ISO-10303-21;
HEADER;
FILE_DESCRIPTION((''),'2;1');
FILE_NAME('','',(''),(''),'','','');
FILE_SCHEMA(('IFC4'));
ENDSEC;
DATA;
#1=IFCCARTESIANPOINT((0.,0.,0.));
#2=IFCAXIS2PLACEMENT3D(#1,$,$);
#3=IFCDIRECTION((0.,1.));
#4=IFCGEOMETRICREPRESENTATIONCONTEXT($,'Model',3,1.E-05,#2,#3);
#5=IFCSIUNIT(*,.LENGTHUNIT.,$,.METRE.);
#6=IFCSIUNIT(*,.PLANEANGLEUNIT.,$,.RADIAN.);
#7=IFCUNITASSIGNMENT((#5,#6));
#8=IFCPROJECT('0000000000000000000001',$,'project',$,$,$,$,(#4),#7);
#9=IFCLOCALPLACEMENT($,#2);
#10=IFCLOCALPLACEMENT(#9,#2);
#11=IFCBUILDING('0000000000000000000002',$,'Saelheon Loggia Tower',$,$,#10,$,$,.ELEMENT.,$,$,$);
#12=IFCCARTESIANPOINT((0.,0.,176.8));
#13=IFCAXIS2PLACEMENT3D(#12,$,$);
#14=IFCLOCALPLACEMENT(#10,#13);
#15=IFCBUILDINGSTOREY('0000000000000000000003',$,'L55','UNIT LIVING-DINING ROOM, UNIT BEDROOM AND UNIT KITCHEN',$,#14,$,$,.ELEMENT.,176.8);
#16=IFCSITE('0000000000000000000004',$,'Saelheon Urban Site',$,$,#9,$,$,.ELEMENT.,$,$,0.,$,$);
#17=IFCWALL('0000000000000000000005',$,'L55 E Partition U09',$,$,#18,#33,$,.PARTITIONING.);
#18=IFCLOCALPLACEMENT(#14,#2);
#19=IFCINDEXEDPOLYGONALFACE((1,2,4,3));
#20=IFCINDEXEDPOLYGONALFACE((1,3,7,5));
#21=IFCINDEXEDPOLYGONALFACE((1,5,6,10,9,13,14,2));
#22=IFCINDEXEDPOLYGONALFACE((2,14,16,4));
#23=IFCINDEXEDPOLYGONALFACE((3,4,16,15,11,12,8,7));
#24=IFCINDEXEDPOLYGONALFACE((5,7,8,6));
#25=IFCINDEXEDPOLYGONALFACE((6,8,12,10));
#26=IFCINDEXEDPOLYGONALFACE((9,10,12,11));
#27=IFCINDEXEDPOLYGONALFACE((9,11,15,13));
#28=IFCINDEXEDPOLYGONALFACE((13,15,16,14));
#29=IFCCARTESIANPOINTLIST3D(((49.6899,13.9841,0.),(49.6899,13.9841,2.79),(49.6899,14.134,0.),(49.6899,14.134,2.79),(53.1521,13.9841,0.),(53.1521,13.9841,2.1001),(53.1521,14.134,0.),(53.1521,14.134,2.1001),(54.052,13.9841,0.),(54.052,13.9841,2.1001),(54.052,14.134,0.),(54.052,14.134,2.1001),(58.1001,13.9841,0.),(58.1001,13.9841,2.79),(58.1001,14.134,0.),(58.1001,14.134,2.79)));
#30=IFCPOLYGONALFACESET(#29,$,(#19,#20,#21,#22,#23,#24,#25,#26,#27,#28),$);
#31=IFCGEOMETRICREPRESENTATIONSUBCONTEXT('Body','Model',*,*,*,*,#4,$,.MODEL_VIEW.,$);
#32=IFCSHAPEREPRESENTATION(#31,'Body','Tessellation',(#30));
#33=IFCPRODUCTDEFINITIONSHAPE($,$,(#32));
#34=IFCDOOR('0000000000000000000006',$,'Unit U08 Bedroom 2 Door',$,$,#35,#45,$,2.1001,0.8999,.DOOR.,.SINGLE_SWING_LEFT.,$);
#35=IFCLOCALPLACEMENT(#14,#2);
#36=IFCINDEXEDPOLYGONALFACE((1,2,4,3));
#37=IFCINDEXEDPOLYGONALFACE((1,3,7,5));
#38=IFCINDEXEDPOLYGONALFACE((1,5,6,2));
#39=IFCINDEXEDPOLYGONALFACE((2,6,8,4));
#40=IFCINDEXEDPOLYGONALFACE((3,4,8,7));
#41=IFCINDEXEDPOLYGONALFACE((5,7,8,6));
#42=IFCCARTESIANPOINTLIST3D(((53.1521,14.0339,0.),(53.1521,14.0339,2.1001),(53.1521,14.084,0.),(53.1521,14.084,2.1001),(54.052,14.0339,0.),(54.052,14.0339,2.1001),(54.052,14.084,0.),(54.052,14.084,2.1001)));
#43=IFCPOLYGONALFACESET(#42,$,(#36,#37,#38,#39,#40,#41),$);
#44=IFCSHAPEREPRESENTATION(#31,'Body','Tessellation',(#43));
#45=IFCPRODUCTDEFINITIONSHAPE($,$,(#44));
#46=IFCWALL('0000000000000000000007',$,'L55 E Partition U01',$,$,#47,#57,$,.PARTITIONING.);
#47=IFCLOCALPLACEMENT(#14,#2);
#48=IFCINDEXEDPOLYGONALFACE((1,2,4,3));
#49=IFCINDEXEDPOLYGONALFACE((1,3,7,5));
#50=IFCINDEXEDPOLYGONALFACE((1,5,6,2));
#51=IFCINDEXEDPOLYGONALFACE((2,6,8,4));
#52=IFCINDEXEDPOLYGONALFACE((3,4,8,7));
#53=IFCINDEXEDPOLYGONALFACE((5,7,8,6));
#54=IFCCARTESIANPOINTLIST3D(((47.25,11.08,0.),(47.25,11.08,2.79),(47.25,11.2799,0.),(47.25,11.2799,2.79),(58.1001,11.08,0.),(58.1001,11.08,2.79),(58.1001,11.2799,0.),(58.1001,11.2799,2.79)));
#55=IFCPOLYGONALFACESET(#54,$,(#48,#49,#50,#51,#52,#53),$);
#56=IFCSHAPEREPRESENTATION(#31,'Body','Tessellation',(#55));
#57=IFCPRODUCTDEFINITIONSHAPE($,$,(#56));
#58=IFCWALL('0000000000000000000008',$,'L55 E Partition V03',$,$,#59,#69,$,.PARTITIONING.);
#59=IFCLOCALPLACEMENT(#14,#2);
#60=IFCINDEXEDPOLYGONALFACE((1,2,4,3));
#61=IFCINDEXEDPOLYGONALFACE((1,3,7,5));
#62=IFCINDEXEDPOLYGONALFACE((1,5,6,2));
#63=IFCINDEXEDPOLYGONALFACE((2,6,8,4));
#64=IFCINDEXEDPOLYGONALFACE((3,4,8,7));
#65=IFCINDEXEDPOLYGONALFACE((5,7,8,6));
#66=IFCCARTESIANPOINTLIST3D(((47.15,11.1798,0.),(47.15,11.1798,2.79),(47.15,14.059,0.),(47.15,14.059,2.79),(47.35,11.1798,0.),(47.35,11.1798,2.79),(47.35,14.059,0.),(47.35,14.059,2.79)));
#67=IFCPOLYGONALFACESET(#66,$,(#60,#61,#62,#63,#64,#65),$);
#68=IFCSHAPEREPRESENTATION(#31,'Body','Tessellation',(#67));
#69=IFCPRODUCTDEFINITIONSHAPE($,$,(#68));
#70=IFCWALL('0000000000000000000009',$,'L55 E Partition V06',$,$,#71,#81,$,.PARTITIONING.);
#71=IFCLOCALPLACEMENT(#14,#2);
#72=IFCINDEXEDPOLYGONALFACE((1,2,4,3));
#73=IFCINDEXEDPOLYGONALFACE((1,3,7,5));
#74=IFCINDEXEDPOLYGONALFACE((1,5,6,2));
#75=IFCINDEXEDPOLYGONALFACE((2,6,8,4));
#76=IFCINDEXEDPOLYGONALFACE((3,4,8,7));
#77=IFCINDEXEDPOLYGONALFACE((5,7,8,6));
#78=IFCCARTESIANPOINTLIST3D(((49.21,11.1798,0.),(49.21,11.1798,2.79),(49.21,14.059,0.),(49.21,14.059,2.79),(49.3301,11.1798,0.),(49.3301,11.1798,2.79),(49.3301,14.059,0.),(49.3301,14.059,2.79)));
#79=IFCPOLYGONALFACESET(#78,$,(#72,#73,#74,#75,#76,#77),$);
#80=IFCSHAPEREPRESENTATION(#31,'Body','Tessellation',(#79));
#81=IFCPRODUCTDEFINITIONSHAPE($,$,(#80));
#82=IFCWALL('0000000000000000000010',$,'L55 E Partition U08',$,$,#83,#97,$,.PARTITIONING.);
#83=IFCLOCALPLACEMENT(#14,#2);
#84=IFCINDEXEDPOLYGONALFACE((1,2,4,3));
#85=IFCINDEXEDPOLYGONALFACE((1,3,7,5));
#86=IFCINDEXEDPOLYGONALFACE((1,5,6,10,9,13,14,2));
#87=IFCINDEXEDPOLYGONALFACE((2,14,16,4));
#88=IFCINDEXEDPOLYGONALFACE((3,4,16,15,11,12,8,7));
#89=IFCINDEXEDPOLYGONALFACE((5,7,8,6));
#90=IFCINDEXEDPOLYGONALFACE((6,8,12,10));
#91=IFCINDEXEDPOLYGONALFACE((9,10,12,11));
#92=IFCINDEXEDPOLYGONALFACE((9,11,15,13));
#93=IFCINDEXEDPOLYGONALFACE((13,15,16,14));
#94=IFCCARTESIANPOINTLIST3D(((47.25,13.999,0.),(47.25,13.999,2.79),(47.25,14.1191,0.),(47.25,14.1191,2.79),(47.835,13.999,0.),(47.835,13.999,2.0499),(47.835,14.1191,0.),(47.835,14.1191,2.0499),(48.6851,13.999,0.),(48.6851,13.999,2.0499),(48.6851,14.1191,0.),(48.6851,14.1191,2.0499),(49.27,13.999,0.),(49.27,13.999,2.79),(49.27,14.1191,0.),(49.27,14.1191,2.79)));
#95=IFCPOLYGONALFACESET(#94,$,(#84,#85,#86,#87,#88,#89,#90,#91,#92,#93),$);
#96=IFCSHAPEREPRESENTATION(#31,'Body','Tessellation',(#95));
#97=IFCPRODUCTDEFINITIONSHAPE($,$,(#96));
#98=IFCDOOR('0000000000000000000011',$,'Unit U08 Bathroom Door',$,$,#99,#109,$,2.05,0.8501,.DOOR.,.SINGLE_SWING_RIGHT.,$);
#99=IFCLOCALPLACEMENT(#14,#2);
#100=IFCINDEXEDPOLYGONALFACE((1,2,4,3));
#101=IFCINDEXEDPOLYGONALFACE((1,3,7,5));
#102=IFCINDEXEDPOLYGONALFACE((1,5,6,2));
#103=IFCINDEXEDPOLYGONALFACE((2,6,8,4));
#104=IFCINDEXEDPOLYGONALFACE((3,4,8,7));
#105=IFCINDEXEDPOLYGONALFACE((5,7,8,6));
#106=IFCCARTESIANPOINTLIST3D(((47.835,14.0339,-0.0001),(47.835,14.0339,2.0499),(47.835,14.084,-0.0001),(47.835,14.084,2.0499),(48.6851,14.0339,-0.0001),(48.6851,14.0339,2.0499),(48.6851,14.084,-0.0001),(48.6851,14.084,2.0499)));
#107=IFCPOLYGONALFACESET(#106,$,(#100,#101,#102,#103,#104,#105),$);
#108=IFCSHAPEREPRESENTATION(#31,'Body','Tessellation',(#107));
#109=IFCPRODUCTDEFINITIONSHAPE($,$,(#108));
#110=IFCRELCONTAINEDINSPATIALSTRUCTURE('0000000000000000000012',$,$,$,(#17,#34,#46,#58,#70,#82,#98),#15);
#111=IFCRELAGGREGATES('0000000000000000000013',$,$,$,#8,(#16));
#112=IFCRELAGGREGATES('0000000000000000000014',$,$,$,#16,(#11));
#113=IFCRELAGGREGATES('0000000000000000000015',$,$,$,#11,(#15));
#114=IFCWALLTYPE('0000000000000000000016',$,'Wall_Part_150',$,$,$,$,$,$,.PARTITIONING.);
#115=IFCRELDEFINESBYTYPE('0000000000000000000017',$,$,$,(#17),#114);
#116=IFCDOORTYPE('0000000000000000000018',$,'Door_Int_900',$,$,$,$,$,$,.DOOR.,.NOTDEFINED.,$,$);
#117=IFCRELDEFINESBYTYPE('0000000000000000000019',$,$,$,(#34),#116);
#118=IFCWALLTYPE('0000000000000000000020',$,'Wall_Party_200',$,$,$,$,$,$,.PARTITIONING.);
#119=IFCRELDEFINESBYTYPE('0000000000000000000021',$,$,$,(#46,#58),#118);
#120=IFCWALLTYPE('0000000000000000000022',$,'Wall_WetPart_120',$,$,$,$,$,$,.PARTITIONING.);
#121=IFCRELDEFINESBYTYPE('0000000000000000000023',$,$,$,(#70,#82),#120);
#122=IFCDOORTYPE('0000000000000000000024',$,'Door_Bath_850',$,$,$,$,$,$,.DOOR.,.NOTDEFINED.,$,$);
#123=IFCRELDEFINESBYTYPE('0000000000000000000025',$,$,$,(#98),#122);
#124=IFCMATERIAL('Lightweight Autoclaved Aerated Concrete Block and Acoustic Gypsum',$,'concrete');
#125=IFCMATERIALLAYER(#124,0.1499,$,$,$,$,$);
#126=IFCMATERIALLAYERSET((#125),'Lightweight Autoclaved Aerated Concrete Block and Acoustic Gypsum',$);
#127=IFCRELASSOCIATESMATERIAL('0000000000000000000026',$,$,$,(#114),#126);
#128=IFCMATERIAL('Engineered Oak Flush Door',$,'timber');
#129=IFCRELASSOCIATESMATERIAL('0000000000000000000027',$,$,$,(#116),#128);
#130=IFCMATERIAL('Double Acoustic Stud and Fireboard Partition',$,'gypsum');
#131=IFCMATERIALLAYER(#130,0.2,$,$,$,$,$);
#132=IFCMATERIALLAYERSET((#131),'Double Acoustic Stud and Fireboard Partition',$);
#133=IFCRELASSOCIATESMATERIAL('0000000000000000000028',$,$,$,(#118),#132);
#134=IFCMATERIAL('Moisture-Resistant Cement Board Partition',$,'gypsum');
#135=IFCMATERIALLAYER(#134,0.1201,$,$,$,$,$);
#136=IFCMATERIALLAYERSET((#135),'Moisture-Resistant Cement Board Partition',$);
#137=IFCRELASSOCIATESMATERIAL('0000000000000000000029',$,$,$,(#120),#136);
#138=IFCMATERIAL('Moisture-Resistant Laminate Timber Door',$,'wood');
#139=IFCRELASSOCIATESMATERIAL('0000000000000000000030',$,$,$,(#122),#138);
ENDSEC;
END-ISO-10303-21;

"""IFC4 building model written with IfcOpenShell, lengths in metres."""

from ifc_helpers import new_model, si_unit, direction, frame, frame_2d, origin, place, context, subcontext, project, spatial, rectangle, extrude, source, transform, mapped, material, layer, layer_set, type_object, element, fill, save


model = new_model("IFC4")

# Units and contexts
model_context = context("Model", 3, precision=1e-05, world=origin(), true_north=direction((0.0, 1.0)))
body_context = subcontext(model_context, "Body", "Model", "MODEL_VIEW")
ifc_project = project(units=[si_unit("LENGTHUNIT", "METRE"), si_unit("PLANEANGLEUNIT", "RADIAN")], contexts=[model_context])

# Site, building, storey
site_placement = place(None, origin())
site = spatial("IfcSite", under=ifc_project, at=site_placement, Name="Saelheon Urban Site", CompositionType="ELEMENT", RefElevation=0.0)
building_placement = place(site_placement, origin())
building = spatial("IfcBuilding", under=site, at=building_placement, Name="Saelheon Loggia Tower", CompositionType="ELEMENT")
storey_placement = place(building_placement, frame((0.0, 0.0, 176.8)))
storey = spatial("IfcBuildingStorey", under=building, at=storey_placement, Name="L55", Description="UNIT LIVING-DINING ROOM, UNIT BEDROOM AND UNIT KITCHEN", CompositionType="ELEMENT", Elevation=176.8)

# Wall, opening, door
ifc_material_1 = material(Name="Lightweight Autoclaved Aerated Concrete Block and Acoustic Gypsum", Category="concrete")
ifc_layer_1 = layer(ifc_material_1, 0.1499)
ifc_layer_set_1 = layer_set([ifc_layer_1], Name="Lightweight Autoclaved Aerated Concrete Block and Acoustic Gypsum")
wall_type_1 = type_object("IfcWallType", Name="Wall_Part_150", PredefinedType="PARTITIONING", material=ifc_layer_set_1)
ifc_material_2 = material(Name="Engineered Oak Flush Door", Category="timber")
door_type_1 = type_object("IfcDoorType", Name="Door_Int_900", OperationType="NOTDEFINED", PredefinedType="DOOR", material=ifc_material_2)
shared_shape_1 = source(origin(), body_context, "Body", "SweptSolid", [
    extrude(rectangle(XDim=0.8999, YDim=2.1001, at=frame_2d((0.45, 1.05))), frame((0.0, 0.0249, 0.0), z_axis=(0.0, -1.0, 0.0), x_axis=(1.0, 0.0, 0.0)), (0.0, 0.0, 1.0), 0.05),
])
wall_1_placement = place(storey_placement, frame((49.6899, 14.0591, 0.0), z_axis=(0.0, 0.0, 1.0), x_axis=(1.0, 0.0, 0.0)))
wall_1 = element("IfcWall", 1, at=wall_1_placement, inside=storey, type_object=wall_type_1, Name="L55 E Partition U09", PredefinedType="PARTITIONING", context=body_context, shape_type="SweptSolid", body=[
    extrude(rectangle(XDim=8.4102, YDim=0.1499, at=frame_2d((4.2051, 0.0))), origin(), (0.0, 0.0, 1.0), 2.79),
])
opening_1_placement = place(wall_1_placement, frame((3.4622, 0.0, 0.0)))
opening_1 = element("IfcOpeningElement", 2, at=opening_1_placement, cuts=wall_1, PredefinedType="OPENING", context=body_context, shape_type="SweptSolid", body=[
    extrude(rectangle(XDim=0.8999, YDim=2.1001, at=frame_2d((0.45, 1.05))), frame((0.0, 0.0869, 0.0), z_axis=(0.0, -1.0, 0.0), x_axis=(1.0, 0.0, 0.0)), (0.0, 0.0, 1.0), 0.1738),
])
door_1_placement = place(opening_1_placement, origin())
door_1 = element("IfcDoor", 3, at=door_1_placement, inside=storey, type_object=door_type_1, Name="Unit U08 Bedroom 2 Door", OperationType="SINGLE_SWING_LEFT", OverallHeight=2.1001, OverallWidth=0.8999, PredefinedType="DOOR", context=body_context, shape_type="MappedRepresentation", body=[
    mapped(shared_shape_1, transform((0.0, 0.0, 0.0), scale=1.0)),
])
fill(opening_1, door_1)

# Walls
ifc_material_3 = material(Name="Double Acoustic Stud and Fireboard Partition", Category="gypsum")
ifc_layer_2 = layer(ifc_material_3, 0.2)
ifc_layer_set_2 = layer_set([ifc_layer_2], Name="Double Acoustic Stud and Fireboard Partition")
wall_type_2 = type_object("IfcWallType", Name="Wall_Party_200", PredefinedType="PARTITIONING", material=ifc_layer_set_2)
wall_2_placement = place(storey_placement, frame((47.25, 11.1799, 0.0), z_axis=(0.0, 0.0, 1.0), x_axis=(1.0, 0.0, 0.0)))
element("IfcWall", 4, at=wall_2_placement, inside=storey, type_object=wall_type_2, Name="L55 E Partition U01", PredefinedType="PARTITIONING", context=body_context, shape_type="SweptSolid", body=[
    extrude(rectangle(XDim=10.8501, YDim=0.2, at=frame_2d((5.425, 0.0))), origin(), (0.0, 0.0, 1.0), 2.79),
])
wall_3_placement = place(storey_placement, frame((47.25, 11.1799, 0.0), z_axis=(0.0, 0.0, 1.0), x_axis=(0.0, 1.0, 0.0)))
element("IfcWall", 5, at=wall_3_placement, inside=storey, type_object=wall_type_2, Name="L55 E Partition V03", PredefinedType="PARTITIONING", context=body_context, shape_type="SweptSolid", body=[
    extrude(rectangle(XDim=2.8792, YDim=0.2, at=frame_2d((1.4395, 0.0))), origin(), (0.0, 0.0, 1.0), 2.79),
])

# Wall
ifc_material_4 = material(Name="Moisture-Resistant Cement Board Partition", Category="gypsum")
ifc_layer_3 = layer(ifc_material_4, 0.1201)
ifc_layer_set_3 = layer_set([ifc_layer_3], Name="Moisture-Resistant Cement Board Partition")
wall_type_3 = type_object("IfcWallType", Name="Wall_WetPart_120", PredefinedType="PARTITIONING", material=ifc_layer_set_3)
wall_4_placement = place(storey_placement, frame((49.27, 11.1799, 0.0), z_axis=(0.0, 0.0, 1.0), x_axis=(0.0, 1.0, 0.0)))
element("IfcWall", 6, at=wall_4_placement, inside=storey, type_object=wall_type_3, Name="L55 E Partition V06", PredefinedType="PARTITIONING", context=body_context, shape_type="SweptSolid", body=[
    extrude(rectangle(XDim=2.8792, YDim=0.1201, at=frame_2d((1.4395, 0.0))), origin(), (0.0, 0.0, 1.0), 2.79),
])

# Wall, opening, door
wall_5_placement = place(storey_placement, frame((47.25, 14.0591, 0.0), z_axis=(0.0, 0.0, 1.0), x_axis=(1.0, 0.0, 0.0)))
wall_5 = element("IfcWall", 7, at=wall_5_placement, inside=storey, type_object=wall_type_3, Name="L55 E Partition U08", PredefinedType="PARTITIONING", context=body_context, shape_type="SweptSolid", body=[
    extrude(rectangle(XDim=2.02, YDim=0.1201, at=frame_2d((1.01, 0.0))), origin(), (0.0, 0.0, 1.0), 2.79),
])
opening_2_placement = place(wall_5_placement, frame((0.585, 0.0, 0.0)))
opening_2 = element("IfcOpeningElement", 8, at=opening_2_placement, cuts=wall_5, PredefinedType="OPENING", context=body_context, shape_type="SweptSolid", body=[
    extrude(rectangle(XDim=0.8501, YDim=2.05, at=frame_2d((0.425, 1.0249))), frame((0.0, 0.072, 0.0), z_axis=(0.0, -1.0, 0.0), x_axis=(1.0, 0.0, 0.0)), (0.0, 0.0, 1.0), 0.144),
])
ifc_material_5 = material(Name="Moisture-Resistant Laminate Timber Door", Category="wood")
door_type_2 = type_object("IfcDoorType", Name="Door_Bath_850", OperationType="NOTDEFINED", PredefinedType="DOOR", material=ifc_material_5)
shared_shape_2 = source(origin(), body_context, "Body", "SweptSolid", [
    extrude(rectangle(XDim=0.8501, YDim=2.05, at=frame_2d((0.425, 1.0249))), frame((0.0, 0.0249, 0.0), z_axis=(0.0, -1.0, 0.0), x_axis=(1.0, 0.0, 0.0)), (0.0, 0.0, 1.0), 0.05),
])
door_2_placement = place(opening_2_placement, origin())
door_2 = element("IfcDoor", 9, at=door_2_placement, inside=storey, type_object=door_type_2, Name="Unit U08 Bathroom Door", OperationType="SINGLE_SWING_RIGHT", OverallHeight=2.05, OverallWidth=0.8501, PredefinedType="DOOR", context=body_context, shape_type="MappedRepresentation", body=[
    mapped(shared_shape_2, transform((0.0, 0.0, 0.0), scale=1.0)),
])
fill(opening_2, door_2)

save(model, "model.ifc")
